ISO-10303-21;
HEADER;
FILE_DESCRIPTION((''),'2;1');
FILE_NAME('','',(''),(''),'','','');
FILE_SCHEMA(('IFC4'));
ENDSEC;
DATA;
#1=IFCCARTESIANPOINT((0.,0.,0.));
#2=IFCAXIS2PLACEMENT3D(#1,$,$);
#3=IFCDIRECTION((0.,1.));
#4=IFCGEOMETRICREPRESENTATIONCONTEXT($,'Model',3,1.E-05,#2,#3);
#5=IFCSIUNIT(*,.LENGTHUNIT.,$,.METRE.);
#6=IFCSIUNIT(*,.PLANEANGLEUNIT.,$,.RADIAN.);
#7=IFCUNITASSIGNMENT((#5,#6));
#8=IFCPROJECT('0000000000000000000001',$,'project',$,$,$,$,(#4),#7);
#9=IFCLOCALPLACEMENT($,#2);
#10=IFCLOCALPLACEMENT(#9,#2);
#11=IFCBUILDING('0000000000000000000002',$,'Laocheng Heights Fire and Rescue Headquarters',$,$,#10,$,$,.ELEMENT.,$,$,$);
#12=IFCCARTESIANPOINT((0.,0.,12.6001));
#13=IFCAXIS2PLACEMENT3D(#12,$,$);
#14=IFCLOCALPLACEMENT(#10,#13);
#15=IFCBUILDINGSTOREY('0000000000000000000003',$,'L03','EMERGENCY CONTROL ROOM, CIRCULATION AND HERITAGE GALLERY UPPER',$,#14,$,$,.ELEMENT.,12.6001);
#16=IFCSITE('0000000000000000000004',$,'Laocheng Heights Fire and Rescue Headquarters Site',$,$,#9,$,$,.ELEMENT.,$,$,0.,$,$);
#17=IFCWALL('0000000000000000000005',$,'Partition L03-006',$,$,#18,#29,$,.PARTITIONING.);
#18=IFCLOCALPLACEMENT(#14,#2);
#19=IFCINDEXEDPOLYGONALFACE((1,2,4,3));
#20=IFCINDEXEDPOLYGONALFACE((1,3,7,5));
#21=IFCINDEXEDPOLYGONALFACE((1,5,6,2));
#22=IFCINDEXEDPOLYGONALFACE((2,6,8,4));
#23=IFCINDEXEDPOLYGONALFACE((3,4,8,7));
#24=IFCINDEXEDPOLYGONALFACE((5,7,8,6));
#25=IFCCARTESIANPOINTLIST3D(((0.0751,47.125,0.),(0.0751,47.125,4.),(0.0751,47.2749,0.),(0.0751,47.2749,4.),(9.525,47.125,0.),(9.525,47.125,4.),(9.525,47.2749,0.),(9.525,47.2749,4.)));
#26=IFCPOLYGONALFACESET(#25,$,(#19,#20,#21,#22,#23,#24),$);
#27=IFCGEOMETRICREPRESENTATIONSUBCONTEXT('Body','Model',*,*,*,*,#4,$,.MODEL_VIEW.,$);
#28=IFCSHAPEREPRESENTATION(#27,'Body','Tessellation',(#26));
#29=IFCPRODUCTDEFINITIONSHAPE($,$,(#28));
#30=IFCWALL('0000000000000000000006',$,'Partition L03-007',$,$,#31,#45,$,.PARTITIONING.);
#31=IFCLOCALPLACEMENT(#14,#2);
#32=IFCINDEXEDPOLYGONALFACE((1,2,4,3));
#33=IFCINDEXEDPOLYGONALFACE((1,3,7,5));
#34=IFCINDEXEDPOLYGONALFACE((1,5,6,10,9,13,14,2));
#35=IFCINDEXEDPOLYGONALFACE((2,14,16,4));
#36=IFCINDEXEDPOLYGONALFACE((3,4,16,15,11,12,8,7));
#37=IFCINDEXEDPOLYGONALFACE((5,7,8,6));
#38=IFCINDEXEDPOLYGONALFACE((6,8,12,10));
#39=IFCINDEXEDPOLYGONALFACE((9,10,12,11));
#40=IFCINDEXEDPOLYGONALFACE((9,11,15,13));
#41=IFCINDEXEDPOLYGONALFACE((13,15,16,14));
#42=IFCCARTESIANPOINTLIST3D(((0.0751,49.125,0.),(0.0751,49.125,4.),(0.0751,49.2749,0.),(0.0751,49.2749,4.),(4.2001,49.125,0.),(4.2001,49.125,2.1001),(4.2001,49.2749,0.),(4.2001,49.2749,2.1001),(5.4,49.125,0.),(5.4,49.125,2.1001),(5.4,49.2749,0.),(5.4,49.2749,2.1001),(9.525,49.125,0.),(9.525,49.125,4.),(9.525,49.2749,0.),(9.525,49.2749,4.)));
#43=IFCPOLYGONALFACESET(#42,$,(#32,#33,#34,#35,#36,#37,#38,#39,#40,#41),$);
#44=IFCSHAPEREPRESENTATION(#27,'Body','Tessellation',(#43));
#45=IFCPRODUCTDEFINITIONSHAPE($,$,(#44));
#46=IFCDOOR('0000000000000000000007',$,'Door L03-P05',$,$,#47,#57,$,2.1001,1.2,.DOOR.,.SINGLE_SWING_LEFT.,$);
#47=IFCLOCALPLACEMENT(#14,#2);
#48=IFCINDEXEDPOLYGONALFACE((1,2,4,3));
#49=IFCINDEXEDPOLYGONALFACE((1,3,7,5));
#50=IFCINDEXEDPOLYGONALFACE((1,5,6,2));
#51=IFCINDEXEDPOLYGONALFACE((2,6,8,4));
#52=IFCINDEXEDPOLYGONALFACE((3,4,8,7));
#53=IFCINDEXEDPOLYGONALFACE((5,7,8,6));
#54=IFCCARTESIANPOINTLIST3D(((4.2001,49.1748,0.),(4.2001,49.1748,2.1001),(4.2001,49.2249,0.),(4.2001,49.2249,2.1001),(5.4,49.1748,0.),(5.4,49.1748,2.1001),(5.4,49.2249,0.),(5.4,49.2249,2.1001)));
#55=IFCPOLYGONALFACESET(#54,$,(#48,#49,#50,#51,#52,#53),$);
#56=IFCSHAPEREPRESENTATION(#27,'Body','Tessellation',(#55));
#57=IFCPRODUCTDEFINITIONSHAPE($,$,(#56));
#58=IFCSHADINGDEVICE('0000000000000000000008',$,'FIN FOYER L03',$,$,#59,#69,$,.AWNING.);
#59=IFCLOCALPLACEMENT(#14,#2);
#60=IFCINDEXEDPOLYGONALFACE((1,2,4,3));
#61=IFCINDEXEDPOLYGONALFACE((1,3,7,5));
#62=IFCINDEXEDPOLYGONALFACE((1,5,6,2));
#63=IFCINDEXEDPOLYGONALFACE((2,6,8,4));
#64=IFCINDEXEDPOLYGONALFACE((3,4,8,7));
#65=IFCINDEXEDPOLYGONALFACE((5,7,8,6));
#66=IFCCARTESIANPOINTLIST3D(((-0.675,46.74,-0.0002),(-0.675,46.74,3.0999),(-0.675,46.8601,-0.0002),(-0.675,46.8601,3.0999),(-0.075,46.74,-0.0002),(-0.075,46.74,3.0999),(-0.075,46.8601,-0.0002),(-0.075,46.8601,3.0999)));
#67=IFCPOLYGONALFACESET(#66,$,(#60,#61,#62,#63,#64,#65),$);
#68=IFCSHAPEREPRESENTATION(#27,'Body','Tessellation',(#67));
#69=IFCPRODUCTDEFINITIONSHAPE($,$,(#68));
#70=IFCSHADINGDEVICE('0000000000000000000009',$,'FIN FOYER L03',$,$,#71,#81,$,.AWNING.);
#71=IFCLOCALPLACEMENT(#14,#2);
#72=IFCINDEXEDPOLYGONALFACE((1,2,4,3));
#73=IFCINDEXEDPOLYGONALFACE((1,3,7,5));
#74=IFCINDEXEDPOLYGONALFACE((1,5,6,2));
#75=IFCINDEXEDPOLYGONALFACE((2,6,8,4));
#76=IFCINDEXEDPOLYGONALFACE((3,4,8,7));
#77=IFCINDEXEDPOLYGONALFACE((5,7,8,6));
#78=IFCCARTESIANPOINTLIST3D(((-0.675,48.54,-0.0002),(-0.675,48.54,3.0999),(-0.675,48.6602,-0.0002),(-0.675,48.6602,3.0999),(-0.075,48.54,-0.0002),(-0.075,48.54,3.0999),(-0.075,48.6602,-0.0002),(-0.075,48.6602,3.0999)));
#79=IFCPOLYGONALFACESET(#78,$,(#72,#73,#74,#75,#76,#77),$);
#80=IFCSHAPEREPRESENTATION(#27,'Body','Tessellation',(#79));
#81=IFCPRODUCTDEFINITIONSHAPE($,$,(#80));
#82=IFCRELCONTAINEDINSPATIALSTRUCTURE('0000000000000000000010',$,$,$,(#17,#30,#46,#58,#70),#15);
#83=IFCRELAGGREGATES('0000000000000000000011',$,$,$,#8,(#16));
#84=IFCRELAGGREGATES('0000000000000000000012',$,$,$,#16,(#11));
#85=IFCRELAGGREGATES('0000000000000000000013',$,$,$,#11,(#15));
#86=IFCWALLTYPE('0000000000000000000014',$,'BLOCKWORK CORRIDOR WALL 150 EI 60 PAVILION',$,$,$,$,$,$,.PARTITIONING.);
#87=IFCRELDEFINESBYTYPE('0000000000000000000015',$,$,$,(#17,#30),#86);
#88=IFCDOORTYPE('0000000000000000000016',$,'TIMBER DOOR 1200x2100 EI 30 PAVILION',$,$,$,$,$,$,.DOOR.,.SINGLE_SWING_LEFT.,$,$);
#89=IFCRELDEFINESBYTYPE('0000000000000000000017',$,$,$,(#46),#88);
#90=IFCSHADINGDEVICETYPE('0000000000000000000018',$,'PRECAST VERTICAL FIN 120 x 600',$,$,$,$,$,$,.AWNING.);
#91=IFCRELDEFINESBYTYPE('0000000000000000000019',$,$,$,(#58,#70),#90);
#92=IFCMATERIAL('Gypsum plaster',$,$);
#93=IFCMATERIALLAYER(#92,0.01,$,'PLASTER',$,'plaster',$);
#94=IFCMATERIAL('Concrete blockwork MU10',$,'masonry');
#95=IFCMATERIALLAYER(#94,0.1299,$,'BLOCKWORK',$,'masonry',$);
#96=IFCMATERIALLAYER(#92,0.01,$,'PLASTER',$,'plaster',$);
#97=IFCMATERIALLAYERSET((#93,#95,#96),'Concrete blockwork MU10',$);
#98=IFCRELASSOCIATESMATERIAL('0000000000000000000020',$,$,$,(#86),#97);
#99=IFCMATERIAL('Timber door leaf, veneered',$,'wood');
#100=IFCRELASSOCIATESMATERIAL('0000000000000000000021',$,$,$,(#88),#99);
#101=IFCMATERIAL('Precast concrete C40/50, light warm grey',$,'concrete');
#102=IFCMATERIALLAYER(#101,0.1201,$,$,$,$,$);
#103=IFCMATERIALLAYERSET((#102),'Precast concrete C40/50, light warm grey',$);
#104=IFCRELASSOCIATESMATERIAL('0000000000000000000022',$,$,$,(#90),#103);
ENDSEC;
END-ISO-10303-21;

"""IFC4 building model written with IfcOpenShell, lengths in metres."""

from ifc_helpers import new_model, si_unit, direction, frame, frame_2d, origin, origin_2d, place, context, subcontext, project, spatial, rectangle, extrude, material, layer, layer_set, type_object, element, fill, save


model = new_model("IFC4")

# Units and contexts
model_context = context("Model", 3, precision=1e-05, world=origin(), true_north=direction((0.0, 1.0)))
body_context = subcontext(model_context, "Body", "Model", "MODEL_VIEW")
ifc_project = project(units=[si_unit("LENGTHUNIT", "METRE"), si_unit("PLANEANGLEUNIT", "RADIAN")], contexts=[model_context])

# Site, building, storey
site_placement = place(None, origin())
site = spatial("IfcSite", under=ifc_project, at=site_placement, Name="Laocheng Heights Fire and Rescue Headquarters Site", CompositionType="ELEMENT", RefElevation=0.0)
building_placement = place(site_placement, origin())
building = spatial("IfcBuilding", under=site, at=building_placement, Name="Laocheng Heights Fire and Rescue Headquarters", CompositionType="ELEMENT")
storey_placement = place(building_placement, frame((0.0, 0.0, 12.6001)))
storey = spatial("IfcBuildingStorey", under=building, at=storey_placement, Name="L03", Description="EMERGENCY CONTROL ROOM, CIRCULATION AND HERITAGE GALLERY UPPER", CompositionType="ELEMENT", Elevation=12.6001)

# Wall
ifc_material_1 = material(Name="Gypsum plaster")
ifc_layer_1 = layer(ifc_material_1, 0.01, Name="PLASTER", Category="plaster")
ifc_material_2 = material(Name="Concrete blockwork MU10", Category="masonry")
ifc_layer_2 = layer(ifc_material_2, 0.1299, Name="BLOCKWORK", Category="masonry")
ifc_layer_3 = layer(ifc_material_1, 0.01, Name="PLASTER", Category="plaster")
ifc_layer_set_1 = layer_set([ifc_layer_1, ifc_layer_2, ifc_layer_3], Name="Concrete blockwork MU10")
wall_type = type_object("IfcWallType", Name="BLOCKWORK CORRIDOR WALL 150 EI 60 PAVILION", PredefinedType="PARTITIONING", material=ifc_layer_set_1)
wall_1_placement = place(storey_placement, frame((0.075, 47.2, 0.0), z_axis=(0.0, 0.0, 1.0), x_axis=(1.0, 0.0, 0.0)))
element("IfcWall", 1, at=wall_1_placement, inside=storey, type_object=wall_type, Name="Partition L03-006", PredefinedType="PARTITIONING", context=body_context, shape_type="SweptSolid", body=[
    extrude(rectangle(XDim=9.45, YDim=0.1499, at=frame_2d((4.7251, 0.0))), origin(), (0.0, 0.0, 1.0), 4.0),
])

# Wall, opening, door
wall_2_placement = place(storey_placement, frame((0.075, 49.2, 0.0), z_axis=(0.0, 0.0, 1.0), x_axis=(1.0, 0.0, 0.0)))
wall_2 = element("IfcWall", 2, at=wall_2_placement, inside=storey, type_object=wall_type, Name="Partition L03-007", PredefinedType="PARTITIONING", context=body_context, shape_type="SweptSolid", body=[
    extrude(rectangle(XDim=9.45, YDim=0.1499, at=frame_2d((4.7251, 0.0))), origin(), (0.0, 0.0, 1.0), 4.0),
])
opening_placement = place(wall_2_placement, frame((4.125, 0.0, 0.0)))
opening = element("IfcOpeningElement", 3, at=opening_placement, cuts=wall_2, PredefinedType="OPENING", context=body_context, shape_type="SweptSolid", body=[
    extrude(rectangle(XDim=1.2, YDim=2.1001, at=frame_2d((0.6001, 1.05))), frame((0.0, 0.085, 0.0), z_axis=(0.0, -1.0, 0.0), x_axis=(1.0, 0.0, 0.0)), (0.0, 0.0, 1.0), 0.1699),
])
ifc_material_3 = material(Name="Timber door leaf, veneered", Category="wood")
door_type = type_object("IfcDoorType", Name="TIMBER DOOR 1200x2100 EI 30 PAVILION", OperationType="SINGLE_SWING_LEFT", PredefinedType="DOOR", material=ifc_material_3)
door_placement = place(opening_placement, origin())
door = element("IfcDoor", 4, at=door_placement, inside=storey, type_object=door_type, Name="Door L03-P05", OperationType="SINGLE_SWING_LEFT", OverallHeight=2.1001, OverallWidth=1.2, PredefinedType="DOOR", context=body_context, shape_type="SweptSolid", body=[
    extrude(rectangle(XDim=1.2, YDim=2.1001, at=frame_2d((0.6001, 1.05))), frame((0.0, 0.0249, 0.0), z_axis=(0.0, -1.0, 0.0), x_axis=(1.0, 0.0, 0.0)), (0.0, 0.0, 1.0), 0.05),
])
fill(opening, door)

# Shading devices
ifc_material_4 = material(Name="Precast concrete C40/50, light warm grey", Category="concrete")
ifc_layer_4 = layer(ifc_material_4, 0.1201)
ifc_layer_set_2 = layer_set([ifc_layer_4], Name="Precast concrete C40/50, light warm grey")
shading_device_type = type_object("IfcShadingDeviceType", Name="PRECAST VERTICAL FIN 120 x 600", PredefinedType="AWNING", material=ifc_layer_set_2)
for number, where, z_axis, x_axis, name in (
    (5, (-0.375, 46.8, -0.0002), (0.0, 0.0, 1.0), (1.0, 0.0, 0.0), "FIN FOYER L03"),
    (6, (-0.375, 48.6001, -0.0002), (0.0, 0.0, 1.0), (1.0, 0.0, 0.0), "FIN FOYER L03"),
):
    element("IfcShadingDevice", number, at=place(storey_placement, frame(where, z_axis=z_axis, x_axis=x_axis)), inside=storey, type_object=shading_device_type, Name=name, PredefinedType="AWNING", context=body_context, shape_type="SweptSolid", body=[
        extrude(rectangle(XDim=0.6001, YDim=0.1201, at=origin_2d()), origin(), (0.0, 0.0, 1.0), 3.1001),
    ])

save(model, "model.ifc")
